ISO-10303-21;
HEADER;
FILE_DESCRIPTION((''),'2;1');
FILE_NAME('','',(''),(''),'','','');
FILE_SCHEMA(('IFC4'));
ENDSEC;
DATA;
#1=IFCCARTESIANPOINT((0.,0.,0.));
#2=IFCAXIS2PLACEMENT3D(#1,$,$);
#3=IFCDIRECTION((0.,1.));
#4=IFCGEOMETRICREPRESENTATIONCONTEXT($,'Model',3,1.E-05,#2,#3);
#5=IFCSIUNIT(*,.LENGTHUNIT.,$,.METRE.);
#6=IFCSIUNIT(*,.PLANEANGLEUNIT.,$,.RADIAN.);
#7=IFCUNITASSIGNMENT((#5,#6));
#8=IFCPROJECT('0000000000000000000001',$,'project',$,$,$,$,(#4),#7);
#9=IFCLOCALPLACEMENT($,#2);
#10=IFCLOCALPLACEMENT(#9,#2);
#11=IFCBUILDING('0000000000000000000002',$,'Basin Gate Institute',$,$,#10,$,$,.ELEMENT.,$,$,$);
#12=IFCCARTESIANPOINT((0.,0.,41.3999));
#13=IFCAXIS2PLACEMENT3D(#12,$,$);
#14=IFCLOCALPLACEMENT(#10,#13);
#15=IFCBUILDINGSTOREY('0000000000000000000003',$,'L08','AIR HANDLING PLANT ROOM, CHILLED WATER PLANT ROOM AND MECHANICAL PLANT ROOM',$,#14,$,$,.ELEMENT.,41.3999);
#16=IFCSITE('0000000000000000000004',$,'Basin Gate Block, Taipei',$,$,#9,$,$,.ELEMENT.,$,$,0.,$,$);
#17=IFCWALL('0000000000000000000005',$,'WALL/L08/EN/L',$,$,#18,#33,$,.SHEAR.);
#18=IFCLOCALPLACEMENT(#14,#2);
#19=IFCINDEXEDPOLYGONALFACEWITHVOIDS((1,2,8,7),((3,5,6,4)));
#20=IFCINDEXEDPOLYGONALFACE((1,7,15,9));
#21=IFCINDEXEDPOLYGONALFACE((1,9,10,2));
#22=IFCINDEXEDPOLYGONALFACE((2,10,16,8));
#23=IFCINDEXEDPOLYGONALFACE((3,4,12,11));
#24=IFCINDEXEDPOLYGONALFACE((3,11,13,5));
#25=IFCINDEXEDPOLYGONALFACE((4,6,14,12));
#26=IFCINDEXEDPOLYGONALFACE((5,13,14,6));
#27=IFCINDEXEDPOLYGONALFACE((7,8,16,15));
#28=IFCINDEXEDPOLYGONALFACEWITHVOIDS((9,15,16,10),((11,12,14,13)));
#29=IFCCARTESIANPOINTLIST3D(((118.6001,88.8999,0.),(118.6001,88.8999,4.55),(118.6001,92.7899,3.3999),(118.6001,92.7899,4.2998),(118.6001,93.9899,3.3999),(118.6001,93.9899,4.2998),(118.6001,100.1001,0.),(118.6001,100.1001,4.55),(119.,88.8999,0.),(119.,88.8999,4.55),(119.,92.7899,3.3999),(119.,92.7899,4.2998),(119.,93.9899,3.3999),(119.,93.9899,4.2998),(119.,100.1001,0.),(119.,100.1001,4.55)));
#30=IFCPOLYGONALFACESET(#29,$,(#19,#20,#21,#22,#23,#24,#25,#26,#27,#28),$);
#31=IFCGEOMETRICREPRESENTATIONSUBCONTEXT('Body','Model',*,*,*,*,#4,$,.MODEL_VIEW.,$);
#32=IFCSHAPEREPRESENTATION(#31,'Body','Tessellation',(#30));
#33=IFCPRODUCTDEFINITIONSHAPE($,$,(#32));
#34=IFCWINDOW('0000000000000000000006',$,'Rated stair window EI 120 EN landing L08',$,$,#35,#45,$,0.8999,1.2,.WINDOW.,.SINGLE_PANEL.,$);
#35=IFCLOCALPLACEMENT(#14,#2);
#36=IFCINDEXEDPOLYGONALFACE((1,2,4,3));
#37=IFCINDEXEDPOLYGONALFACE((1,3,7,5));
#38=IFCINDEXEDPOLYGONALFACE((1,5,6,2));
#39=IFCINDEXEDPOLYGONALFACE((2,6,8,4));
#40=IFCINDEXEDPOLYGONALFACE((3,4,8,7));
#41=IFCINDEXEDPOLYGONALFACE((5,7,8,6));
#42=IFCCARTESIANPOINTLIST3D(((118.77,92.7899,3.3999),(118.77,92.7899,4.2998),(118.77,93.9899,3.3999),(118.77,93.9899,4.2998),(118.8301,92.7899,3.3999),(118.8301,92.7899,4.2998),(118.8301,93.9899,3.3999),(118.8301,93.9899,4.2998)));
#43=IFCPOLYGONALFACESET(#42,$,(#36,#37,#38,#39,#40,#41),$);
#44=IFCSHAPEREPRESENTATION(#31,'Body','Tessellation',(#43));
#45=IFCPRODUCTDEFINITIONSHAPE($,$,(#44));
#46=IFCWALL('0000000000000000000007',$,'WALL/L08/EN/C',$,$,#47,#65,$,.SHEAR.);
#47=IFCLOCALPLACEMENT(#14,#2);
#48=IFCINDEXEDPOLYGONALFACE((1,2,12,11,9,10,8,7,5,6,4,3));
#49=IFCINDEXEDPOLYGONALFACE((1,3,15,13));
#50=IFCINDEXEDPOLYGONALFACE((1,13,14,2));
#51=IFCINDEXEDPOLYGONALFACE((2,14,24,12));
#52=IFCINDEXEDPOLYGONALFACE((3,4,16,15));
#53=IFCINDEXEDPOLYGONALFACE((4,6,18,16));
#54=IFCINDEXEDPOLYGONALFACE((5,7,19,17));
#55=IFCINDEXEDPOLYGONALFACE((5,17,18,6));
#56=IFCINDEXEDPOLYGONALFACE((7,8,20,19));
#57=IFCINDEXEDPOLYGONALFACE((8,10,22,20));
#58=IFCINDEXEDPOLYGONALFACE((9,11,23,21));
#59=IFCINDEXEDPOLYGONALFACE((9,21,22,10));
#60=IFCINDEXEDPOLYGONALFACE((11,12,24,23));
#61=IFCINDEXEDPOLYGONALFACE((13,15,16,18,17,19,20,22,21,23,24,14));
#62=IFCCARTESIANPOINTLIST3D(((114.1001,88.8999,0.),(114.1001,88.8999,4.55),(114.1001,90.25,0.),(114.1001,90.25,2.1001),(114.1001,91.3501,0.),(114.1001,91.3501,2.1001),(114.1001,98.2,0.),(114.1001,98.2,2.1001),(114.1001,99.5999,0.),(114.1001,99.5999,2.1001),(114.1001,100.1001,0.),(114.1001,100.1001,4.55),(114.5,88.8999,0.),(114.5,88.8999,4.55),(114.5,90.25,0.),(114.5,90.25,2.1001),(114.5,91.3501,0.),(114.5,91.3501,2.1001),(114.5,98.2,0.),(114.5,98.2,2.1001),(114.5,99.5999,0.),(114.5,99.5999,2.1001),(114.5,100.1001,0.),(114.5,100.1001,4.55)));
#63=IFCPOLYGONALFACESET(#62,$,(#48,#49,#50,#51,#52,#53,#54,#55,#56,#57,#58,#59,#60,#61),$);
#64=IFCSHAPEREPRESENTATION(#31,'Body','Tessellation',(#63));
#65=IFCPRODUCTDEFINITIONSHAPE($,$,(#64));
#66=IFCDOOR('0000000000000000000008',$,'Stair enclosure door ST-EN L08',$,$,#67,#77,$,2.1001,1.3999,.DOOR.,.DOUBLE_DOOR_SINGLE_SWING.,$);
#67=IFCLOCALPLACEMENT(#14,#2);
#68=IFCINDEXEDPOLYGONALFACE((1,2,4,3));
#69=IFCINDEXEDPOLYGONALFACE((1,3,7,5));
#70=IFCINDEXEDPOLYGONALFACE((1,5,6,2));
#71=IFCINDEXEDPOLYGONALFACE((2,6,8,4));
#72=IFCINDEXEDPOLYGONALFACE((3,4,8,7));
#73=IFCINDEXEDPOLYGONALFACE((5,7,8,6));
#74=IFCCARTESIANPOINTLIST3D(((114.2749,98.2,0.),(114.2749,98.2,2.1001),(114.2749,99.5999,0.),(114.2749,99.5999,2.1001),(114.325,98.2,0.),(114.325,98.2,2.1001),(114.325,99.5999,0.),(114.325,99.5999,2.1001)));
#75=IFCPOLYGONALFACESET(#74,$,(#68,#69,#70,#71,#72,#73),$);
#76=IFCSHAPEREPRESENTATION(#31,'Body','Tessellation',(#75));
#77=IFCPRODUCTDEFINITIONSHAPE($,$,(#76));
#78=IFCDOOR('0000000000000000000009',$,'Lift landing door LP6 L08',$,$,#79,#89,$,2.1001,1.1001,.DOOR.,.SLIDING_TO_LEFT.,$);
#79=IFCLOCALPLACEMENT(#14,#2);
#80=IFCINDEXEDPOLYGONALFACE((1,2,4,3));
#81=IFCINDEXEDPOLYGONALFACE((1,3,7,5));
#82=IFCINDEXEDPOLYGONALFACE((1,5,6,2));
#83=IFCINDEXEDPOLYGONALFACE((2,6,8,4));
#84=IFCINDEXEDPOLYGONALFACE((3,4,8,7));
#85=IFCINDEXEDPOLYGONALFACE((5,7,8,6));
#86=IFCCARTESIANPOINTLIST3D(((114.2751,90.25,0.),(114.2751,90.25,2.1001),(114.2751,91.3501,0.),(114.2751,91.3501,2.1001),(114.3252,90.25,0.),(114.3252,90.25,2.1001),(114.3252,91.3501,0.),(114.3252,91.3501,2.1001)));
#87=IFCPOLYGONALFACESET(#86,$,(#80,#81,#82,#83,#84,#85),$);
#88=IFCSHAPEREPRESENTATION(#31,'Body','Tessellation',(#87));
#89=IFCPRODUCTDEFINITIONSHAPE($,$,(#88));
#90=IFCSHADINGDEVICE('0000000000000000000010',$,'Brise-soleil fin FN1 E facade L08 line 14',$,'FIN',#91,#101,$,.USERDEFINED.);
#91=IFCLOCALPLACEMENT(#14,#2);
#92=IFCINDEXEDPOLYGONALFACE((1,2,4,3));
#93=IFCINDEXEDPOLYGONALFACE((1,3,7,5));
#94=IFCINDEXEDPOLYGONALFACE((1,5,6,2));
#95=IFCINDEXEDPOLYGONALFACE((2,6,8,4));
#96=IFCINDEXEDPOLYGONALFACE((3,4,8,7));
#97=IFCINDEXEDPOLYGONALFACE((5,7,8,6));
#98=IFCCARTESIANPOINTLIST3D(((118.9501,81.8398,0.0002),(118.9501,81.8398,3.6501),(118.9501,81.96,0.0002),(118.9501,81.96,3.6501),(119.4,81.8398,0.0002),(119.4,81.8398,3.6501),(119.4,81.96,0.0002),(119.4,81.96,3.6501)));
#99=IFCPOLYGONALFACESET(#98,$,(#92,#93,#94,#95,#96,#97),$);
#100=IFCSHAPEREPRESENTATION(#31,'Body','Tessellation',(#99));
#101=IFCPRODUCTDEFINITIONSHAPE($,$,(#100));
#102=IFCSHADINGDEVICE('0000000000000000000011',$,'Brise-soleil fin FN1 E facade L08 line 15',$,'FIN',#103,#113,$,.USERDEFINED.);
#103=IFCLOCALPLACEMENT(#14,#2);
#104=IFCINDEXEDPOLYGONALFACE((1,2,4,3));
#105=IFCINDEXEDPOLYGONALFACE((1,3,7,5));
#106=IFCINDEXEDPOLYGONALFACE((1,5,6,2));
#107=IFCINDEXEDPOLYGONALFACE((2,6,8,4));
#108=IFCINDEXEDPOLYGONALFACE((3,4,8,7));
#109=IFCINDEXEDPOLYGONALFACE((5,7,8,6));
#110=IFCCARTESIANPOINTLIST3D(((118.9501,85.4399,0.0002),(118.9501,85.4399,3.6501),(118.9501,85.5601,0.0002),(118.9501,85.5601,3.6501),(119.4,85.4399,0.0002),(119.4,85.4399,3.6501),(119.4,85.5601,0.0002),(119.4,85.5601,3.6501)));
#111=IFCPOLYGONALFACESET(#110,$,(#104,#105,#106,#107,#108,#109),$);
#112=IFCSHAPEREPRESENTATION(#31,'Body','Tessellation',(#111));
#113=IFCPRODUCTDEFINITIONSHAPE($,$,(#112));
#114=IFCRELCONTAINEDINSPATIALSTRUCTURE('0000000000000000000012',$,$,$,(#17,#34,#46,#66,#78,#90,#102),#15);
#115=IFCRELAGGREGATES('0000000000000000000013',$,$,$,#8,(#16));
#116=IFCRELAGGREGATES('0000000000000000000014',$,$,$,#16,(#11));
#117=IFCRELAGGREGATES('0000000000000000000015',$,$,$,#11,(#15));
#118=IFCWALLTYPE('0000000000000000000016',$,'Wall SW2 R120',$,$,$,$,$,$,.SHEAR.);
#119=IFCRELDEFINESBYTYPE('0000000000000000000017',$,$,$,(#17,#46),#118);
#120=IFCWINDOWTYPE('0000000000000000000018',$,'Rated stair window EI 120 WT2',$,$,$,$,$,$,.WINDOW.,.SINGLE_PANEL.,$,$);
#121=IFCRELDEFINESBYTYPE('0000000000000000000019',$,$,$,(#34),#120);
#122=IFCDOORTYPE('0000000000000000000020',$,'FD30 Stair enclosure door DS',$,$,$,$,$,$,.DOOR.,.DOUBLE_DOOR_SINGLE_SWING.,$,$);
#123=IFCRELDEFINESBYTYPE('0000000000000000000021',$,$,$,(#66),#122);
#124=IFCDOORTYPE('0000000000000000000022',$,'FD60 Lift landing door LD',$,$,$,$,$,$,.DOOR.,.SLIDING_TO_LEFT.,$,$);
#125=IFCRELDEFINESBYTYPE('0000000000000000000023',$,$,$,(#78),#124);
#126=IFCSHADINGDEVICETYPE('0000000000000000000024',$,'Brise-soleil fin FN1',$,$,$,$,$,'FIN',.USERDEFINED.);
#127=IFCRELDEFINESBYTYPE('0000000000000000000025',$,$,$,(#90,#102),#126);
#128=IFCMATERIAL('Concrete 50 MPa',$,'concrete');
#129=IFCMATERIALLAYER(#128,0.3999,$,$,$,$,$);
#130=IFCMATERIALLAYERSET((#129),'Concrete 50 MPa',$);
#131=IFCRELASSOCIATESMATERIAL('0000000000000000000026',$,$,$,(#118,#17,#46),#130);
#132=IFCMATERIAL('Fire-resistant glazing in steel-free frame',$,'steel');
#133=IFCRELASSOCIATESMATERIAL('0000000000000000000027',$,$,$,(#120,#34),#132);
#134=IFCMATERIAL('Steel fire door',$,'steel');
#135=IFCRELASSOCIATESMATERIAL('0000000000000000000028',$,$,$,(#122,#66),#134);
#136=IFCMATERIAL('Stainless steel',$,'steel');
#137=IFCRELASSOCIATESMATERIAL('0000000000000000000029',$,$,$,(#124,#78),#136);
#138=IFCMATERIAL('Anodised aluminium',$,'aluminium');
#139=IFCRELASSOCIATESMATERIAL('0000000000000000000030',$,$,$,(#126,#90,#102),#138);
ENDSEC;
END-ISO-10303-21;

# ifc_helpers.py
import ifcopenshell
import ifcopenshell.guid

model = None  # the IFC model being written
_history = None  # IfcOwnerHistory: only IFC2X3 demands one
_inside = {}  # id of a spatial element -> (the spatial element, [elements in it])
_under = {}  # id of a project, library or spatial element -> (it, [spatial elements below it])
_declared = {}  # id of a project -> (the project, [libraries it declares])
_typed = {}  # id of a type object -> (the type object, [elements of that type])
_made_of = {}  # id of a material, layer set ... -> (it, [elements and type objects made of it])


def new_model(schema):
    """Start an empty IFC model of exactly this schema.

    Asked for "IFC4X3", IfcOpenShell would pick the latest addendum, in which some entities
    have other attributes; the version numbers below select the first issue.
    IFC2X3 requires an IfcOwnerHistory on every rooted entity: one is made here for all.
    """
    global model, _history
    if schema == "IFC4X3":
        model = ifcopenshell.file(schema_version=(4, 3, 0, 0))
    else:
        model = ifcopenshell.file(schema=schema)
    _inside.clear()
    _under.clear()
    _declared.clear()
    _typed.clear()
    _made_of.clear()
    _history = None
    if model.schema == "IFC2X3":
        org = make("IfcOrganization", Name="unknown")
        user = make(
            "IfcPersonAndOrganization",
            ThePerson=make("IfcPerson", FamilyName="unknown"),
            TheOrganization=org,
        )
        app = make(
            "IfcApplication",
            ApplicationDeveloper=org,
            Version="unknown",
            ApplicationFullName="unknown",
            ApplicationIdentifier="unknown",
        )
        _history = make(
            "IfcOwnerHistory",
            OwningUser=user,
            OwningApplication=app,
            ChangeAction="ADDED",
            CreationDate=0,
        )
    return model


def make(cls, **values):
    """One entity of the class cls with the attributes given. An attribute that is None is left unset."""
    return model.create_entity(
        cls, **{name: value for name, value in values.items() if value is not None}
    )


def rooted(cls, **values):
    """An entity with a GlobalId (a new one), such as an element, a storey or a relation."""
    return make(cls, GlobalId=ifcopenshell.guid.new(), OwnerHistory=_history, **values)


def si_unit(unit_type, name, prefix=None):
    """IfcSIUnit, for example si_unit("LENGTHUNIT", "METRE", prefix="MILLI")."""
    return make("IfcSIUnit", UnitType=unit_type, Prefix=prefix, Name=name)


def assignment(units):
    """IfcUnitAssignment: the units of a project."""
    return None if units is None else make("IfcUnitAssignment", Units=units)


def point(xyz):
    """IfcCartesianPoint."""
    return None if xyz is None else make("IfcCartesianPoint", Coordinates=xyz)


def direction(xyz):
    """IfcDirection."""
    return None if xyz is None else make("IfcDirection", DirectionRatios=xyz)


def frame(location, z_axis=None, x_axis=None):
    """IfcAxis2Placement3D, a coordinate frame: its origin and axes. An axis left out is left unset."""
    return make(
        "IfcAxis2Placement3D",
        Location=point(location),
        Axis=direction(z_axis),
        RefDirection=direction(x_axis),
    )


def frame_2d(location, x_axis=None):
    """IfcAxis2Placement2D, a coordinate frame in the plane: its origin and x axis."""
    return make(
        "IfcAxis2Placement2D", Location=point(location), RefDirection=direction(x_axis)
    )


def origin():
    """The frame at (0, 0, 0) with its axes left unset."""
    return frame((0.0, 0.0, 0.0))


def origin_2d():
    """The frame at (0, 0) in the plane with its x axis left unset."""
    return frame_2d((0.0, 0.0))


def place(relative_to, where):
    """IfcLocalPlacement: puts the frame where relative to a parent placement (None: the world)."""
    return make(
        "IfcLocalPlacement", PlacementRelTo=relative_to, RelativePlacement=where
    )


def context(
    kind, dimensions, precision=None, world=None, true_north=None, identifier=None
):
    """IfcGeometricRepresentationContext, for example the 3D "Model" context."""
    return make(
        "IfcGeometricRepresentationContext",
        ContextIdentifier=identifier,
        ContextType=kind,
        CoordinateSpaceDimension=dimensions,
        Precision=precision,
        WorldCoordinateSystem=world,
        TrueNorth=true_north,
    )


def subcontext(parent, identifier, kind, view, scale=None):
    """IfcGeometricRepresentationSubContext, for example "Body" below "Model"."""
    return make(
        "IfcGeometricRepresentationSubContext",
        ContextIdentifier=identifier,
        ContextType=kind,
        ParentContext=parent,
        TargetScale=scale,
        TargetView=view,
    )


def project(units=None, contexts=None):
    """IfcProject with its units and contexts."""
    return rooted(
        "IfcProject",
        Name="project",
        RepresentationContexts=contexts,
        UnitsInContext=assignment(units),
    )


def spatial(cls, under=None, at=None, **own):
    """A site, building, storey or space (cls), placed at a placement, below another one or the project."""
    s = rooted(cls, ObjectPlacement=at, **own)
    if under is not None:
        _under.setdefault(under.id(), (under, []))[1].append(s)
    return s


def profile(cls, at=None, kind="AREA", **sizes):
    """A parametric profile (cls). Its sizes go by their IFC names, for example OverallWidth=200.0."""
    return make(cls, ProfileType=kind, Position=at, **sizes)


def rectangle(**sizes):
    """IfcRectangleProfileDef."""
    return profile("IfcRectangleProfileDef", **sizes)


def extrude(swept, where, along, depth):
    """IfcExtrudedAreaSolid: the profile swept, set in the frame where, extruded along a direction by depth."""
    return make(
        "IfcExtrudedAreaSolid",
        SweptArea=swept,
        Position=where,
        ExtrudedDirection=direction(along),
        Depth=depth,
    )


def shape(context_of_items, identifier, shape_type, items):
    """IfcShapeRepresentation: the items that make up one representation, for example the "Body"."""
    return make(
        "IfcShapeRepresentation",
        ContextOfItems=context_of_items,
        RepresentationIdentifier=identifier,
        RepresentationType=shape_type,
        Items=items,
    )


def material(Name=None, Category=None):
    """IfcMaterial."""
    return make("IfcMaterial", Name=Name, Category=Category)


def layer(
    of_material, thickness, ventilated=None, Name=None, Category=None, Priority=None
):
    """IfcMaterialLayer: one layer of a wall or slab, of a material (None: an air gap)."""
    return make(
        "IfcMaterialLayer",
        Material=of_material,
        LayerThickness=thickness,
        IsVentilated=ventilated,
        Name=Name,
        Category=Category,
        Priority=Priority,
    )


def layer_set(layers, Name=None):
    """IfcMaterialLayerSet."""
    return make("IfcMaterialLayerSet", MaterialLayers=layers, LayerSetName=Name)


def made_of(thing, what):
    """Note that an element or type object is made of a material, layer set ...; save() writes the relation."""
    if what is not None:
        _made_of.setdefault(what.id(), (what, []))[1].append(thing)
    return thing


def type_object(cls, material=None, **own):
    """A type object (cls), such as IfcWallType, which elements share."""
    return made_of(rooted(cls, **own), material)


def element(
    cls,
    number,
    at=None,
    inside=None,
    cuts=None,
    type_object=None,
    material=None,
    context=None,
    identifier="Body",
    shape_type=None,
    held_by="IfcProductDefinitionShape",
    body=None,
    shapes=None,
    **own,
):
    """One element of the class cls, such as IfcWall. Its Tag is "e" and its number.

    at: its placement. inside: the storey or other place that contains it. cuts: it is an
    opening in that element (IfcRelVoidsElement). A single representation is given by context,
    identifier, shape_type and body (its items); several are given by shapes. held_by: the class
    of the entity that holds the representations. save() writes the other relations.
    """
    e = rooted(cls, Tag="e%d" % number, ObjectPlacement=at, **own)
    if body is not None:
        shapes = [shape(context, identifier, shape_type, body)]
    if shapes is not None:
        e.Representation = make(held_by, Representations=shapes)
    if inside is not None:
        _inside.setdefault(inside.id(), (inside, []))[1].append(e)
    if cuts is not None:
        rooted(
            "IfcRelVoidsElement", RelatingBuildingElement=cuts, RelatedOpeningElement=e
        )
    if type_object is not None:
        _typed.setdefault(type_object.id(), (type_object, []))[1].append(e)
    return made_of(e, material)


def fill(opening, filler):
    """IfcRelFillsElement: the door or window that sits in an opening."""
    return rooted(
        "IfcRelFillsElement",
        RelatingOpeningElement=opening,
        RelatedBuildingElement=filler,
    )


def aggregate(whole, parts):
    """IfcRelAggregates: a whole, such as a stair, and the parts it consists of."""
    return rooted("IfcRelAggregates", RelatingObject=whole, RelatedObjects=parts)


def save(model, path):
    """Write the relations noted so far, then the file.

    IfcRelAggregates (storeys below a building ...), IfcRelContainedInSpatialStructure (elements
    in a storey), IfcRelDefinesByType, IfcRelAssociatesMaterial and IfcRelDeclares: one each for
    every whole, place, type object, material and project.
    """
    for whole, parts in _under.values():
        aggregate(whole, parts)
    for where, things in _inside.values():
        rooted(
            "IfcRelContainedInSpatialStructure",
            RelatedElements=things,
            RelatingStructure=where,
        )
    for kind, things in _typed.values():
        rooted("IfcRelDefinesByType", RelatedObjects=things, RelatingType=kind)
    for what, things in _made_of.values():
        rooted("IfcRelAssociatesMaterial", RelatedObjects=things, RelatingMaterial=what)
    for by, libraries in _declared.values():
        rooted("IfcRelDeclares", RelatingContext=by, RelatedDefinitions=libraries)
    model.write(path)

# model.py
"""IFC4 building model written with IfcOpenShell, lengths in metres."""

from ifc_helpers import new_model, si_unit, direction, frame, frame_2d, origin, origin_2d, place, context, subcontext, project, spatial, rectangle, extrude, material, layer, layer_set, type_object, element, fill, save


model = new_model("IFC4")

# Units and contexts
model_context = context("Model", 3, precision=1e-05, world=origin(), true_north=direction((0.0, 1.0)))
body_context = subcontext(model_context, "Body", "Model", "MODEL_VIEW")
ifc_project = project(units=[si_unit("LENGTHUNIT", "METRE"), si_unit("PLANEANGLEUNIT", "RADIAN")], contexts=[model_context])

# Site, building, storey
site_placement = place(None, origin())
site = spatial("IfcSite", under=ifc_project, at=site_placement, Name="Basin Gate Block, Taipei", CompositionType="ELEMENT", RefElevation=0.0)
building_placement = place(site_placement, origin())
building = spatial("IfcBuilding", under=site, at=building_placement, Name="Basin Gate Institute", CompositionType="ELEMENT")
storey_placement = place(building_placement, frame((0.0, 0.0, 41.3999)))
storey = spatial("IfcBuildingStorey", under=building, at=storey_placement, Name="L08", Description="AIR HANDLING PLANT ROOM, CHILLED WATER PLANT ROOM AND MECHANICAL PLANT ROOM", CompositionType="ELEMENT", Elevation=41.3999)

# Wall, opening, window
ifc_material_1 = material(Name="Concrete 50 MPa", Category="concrete")
ifc_layer_1 = layer(ifc_material_1, 0.3999)
ifc_layer_set_1 = layer_set([ifc_layer_1], Name="Concrete 50 MPa")
wall_type_1 = type_object("IfcWallType", Name="Wall SW2 R120", PredefinedType="SHEAR", material=ifc_layer_set_1)
wall_1_placement = place(storey_placement, frame((118.8, 88.8999, 0.0), z_axis=(0.0, 0.0, 1.0), x_axis=(0.0, 1.0, 0.0)))
wall_1 = element("IfcWall", 1, at=wall_1_placement, inside=storey, type_object=wall_type_1, material=ifc_layer_set_1, Name="WALL/L08/EN/L", PredefinedType="SHEAR", context=body_context, shape_type="SweptSolid", body=[
    extrude(rectangle(XDim=11.2002, YDim=0.3999, at=frame_2d((5.6001, 0.0))), origin(), (0.0, 0.0, 1.0), 4.55),
])
opening_1_placement = place(wall_1_placement, frame((3.8899, 0.0, 3.3999)))
opening_1 = element("IfcOpeningElement", 2, at=opening_1_placement, cuts=wall_1, PredefinedType="OPENING", context=body_context, shape_type="SweptSolid", body=[
    extrude(rectangle(XDim=1.2, YDim=0.8999, at=frame_2d((0.6001, 0.45))), frame((0.0, 0.21, 0.0), z_axis=(0.0, -1.0, 0.0), x_axis=(1.0, 0.0, 0.0)), (0.0, 0.0, 1.0), 0.4199),
])
ifc_material_2 = material(Name="Fire-resistant glazing in steel-free frame", Category="steel")
window_type = type_object("IfcWindowType", Name="Rated stair window EI 120 WT2", PartitioningType="SINGLE_PANEL", PredefinedType="WINDOW", material=ifc_material_2)
window_placement = place(opening_1_placement, origin())
window = element("IfcWindow", 3, at=window_placement, inside=storey, type_object=window_type, material=ifc_material_2, Name="Rated stair window EI 120 EN landing L08", OverallHeight=0.8999, OverallWidth=1.2, PartitioningType="SINGLE_PANEL", PredefinedType="WINDOW", context=body_context, shape_type="SweptSolid", body=[
    extrude(rectangle(XDim=1.2, YDim=0.8999, at=frame_2d((0.6001, 0.45))), frame((0.0, 0.03, 0.0), z_axis=(0.0, -1.0, 0.0), x_axis=(1.0, 0.0, 0.0)), (0.0, 0.0, 1.0), 0.0601),
])
fill(opening_1, window)

# Wall, openings, doors
wall_2_placement = place(storey_placement, frame((114.3, 88.8999, 0.0), z_axis=(0.0, 0.0, 1.0), x_axis=(0.0, 1.0, 0.0)))
wall_2 = element("IfcWall", 4, at=wall_2_placement, inside=storey, type_object=wall_type_1, material=ifc_layer_set_1, Name="WALL/L08/EN/C", PredefinedType="SHEAR", context=body_context, shape_type="SweptSolid", body=[
    extrude(rectangle(XDim=11.2002, YDim=0.3999, at=frame_2d((5.6001, 0.0))), origin(), (0.0, 0.0, 1.0), 4.55),
])
opening_2_placement = place(wall_2_placement, frame((9.3, 0.0, 0.0)))
opening_2 = element("IfcOpeningElement", 5, at=opening_2_placement, cuts=wall_2, PredefinedType="OPENING", context=body_context, shape_type="SweptSolid", body=[
    extrude(rectangle(XDim=1.3999, YDim=2.1001, at=frame_2d((0.7, 1.05))), frame((0.0, 0.21, 0.0), z_axis=(0.0, -1.0, 0.0), x_axis=(1.0, 0.0, 0.0)), (0.0, 0.0, 1.0), 0.4199),
])
opening_3_placement = place(wall_2_placement, frame((1.3501, 0.0, 0.0)))
opening_3 = element("IfcOpeningElement", 6, at=opening_3_placement, cuts=wall_2, PredefinedType="OPENING", context=body_context, shape_type="SweptSolid", body=[
    extrude(rectangle(XDim=1.1001, YDim=2.1001, at=frame_2d((0.55, 1.05))), frame((0.0, 0.21, 0.0), z_axis=(0.0, -1.0, 0.0), x_axis=(1.0, 0.0, 0.0)), (0.0, 0.0, 1.0), 0.4199),
])
ifc_material_3 = material(Name="Steel fire door", Category="steel")
door_type_1 = type_object("IfcDoorType", Name="FD30 Stair enclosure door DS", OperationType="DOUBLE_DOOR_SINGLE_SWING", PredefinedType="DOOR", material=ifc_material_3)
door_1_placement = place(opening_2_placement, frame((1.3999, 0.0, 0.0), z_axis=(0.0, 0.0, 1.0), x_axis=(-1.0, 0.0, 0.0)))
door_1 = element("IfcDoor", 7, at=door_1_placement, inside=storey, type_object=door_type_1, material=ifc_material_3, Name="Stair enclosure door ST-EN L08", OperationType="DOUBLE_DOOR_SINGLE_SWING", OverallHeight=2.1001, OverallWidth=1.3999, PredefinedType="DOOR", context=body_context, shape_type="SweptSolid", body=[
    extrude(rectangle(XDim=1.3999, YDim=2.1001, at=frame_2d((0.7, 1.05))), frame((0.0, 0.0249, 0.0), z_axis=(0.0, -1.0, 0.0), x_axis=(1.0, 0.0, 0.0)), (0.0, 0.0, 1.0), 0.05),
])
fill(opening_2, door_1)
ifc_material_4 = material(Name="Stainless steel", Category="steel")
door_type_2 = type_object("IfcDoorType", Name="FD60 Lift landing door LD", OperationType="SLIDING_TO_LEFT", PredefinedType="DOOR", material=ifc_material_4)
door_2_placement = place(opening_3_placement, origin())
door_2 = element("IfcDoor", 8, at=door_2_placement, inside=storey, type_object=door_type_2, material=ifc_material_4, Name="Lift landing door LP6 L08", OperationType="SLIDING_TO_LEFT", OverallHeight=2.1001, OverallWidth=1.1001, PredefinedType="DOOR", context=body_context, shape_type="SweptSolid", body=[
    extrude(rectangle(XDim=1.1001, YDim=2.1001, at=frame_2d((0.55, 1.05))), frame((0.0, 0.0249, 0.0), z_axis=(0.0, -1.0, 0.0), x_axis=(1.0, 0.0, 0.0)), (0.0, 0.0, 1.0), 0.05),
])
fill(opening_3, door_2)

# Shading devices
ifc_material_5 = material(Name="Anodised aluminium", Category="aluminium")
shading_device_type = type_object("IfcShadingDeviceType", Name="Brise-soleil fin FN1", ElementType="FIN", PredefinedType="USERDEFINED", material=ifc_material_5)
for number, where, z_axis, x_axis, name in (
    (9, (119.175, 81.8999, 0.0002), (0.0, 0.0, 1.0), (1.0, 0.0, 0.0), "Brise-soleil fin FN1 E facade L08 line 14"),
    (10, (119.175, 85.5, 0.0002), (0.0, 0.0, 1.0), (1.0, 0.0, 0.0), "Brise-soleil fin FN1 E facade L08 line 15"),
):
    element("IfcShadingDevice", number, at=place(storey_placement, frame(where, z_axis=z_axis, x_axis=x_axis)), inside=storey, type_object=shading_device_type, material=ifc_material_5, Name=name, ObjectType="FIN", PredefinedType="USERDEFINED", context=body_context, shape_type="SweptSolid", body=[
        extrude(rectangle(XDim=0.45, YDim=0.1201, at=origin_2d()), origin(), (0.0, 0.0, 1.0), 3.6499),
    ])

save(model, "model.ifc")
